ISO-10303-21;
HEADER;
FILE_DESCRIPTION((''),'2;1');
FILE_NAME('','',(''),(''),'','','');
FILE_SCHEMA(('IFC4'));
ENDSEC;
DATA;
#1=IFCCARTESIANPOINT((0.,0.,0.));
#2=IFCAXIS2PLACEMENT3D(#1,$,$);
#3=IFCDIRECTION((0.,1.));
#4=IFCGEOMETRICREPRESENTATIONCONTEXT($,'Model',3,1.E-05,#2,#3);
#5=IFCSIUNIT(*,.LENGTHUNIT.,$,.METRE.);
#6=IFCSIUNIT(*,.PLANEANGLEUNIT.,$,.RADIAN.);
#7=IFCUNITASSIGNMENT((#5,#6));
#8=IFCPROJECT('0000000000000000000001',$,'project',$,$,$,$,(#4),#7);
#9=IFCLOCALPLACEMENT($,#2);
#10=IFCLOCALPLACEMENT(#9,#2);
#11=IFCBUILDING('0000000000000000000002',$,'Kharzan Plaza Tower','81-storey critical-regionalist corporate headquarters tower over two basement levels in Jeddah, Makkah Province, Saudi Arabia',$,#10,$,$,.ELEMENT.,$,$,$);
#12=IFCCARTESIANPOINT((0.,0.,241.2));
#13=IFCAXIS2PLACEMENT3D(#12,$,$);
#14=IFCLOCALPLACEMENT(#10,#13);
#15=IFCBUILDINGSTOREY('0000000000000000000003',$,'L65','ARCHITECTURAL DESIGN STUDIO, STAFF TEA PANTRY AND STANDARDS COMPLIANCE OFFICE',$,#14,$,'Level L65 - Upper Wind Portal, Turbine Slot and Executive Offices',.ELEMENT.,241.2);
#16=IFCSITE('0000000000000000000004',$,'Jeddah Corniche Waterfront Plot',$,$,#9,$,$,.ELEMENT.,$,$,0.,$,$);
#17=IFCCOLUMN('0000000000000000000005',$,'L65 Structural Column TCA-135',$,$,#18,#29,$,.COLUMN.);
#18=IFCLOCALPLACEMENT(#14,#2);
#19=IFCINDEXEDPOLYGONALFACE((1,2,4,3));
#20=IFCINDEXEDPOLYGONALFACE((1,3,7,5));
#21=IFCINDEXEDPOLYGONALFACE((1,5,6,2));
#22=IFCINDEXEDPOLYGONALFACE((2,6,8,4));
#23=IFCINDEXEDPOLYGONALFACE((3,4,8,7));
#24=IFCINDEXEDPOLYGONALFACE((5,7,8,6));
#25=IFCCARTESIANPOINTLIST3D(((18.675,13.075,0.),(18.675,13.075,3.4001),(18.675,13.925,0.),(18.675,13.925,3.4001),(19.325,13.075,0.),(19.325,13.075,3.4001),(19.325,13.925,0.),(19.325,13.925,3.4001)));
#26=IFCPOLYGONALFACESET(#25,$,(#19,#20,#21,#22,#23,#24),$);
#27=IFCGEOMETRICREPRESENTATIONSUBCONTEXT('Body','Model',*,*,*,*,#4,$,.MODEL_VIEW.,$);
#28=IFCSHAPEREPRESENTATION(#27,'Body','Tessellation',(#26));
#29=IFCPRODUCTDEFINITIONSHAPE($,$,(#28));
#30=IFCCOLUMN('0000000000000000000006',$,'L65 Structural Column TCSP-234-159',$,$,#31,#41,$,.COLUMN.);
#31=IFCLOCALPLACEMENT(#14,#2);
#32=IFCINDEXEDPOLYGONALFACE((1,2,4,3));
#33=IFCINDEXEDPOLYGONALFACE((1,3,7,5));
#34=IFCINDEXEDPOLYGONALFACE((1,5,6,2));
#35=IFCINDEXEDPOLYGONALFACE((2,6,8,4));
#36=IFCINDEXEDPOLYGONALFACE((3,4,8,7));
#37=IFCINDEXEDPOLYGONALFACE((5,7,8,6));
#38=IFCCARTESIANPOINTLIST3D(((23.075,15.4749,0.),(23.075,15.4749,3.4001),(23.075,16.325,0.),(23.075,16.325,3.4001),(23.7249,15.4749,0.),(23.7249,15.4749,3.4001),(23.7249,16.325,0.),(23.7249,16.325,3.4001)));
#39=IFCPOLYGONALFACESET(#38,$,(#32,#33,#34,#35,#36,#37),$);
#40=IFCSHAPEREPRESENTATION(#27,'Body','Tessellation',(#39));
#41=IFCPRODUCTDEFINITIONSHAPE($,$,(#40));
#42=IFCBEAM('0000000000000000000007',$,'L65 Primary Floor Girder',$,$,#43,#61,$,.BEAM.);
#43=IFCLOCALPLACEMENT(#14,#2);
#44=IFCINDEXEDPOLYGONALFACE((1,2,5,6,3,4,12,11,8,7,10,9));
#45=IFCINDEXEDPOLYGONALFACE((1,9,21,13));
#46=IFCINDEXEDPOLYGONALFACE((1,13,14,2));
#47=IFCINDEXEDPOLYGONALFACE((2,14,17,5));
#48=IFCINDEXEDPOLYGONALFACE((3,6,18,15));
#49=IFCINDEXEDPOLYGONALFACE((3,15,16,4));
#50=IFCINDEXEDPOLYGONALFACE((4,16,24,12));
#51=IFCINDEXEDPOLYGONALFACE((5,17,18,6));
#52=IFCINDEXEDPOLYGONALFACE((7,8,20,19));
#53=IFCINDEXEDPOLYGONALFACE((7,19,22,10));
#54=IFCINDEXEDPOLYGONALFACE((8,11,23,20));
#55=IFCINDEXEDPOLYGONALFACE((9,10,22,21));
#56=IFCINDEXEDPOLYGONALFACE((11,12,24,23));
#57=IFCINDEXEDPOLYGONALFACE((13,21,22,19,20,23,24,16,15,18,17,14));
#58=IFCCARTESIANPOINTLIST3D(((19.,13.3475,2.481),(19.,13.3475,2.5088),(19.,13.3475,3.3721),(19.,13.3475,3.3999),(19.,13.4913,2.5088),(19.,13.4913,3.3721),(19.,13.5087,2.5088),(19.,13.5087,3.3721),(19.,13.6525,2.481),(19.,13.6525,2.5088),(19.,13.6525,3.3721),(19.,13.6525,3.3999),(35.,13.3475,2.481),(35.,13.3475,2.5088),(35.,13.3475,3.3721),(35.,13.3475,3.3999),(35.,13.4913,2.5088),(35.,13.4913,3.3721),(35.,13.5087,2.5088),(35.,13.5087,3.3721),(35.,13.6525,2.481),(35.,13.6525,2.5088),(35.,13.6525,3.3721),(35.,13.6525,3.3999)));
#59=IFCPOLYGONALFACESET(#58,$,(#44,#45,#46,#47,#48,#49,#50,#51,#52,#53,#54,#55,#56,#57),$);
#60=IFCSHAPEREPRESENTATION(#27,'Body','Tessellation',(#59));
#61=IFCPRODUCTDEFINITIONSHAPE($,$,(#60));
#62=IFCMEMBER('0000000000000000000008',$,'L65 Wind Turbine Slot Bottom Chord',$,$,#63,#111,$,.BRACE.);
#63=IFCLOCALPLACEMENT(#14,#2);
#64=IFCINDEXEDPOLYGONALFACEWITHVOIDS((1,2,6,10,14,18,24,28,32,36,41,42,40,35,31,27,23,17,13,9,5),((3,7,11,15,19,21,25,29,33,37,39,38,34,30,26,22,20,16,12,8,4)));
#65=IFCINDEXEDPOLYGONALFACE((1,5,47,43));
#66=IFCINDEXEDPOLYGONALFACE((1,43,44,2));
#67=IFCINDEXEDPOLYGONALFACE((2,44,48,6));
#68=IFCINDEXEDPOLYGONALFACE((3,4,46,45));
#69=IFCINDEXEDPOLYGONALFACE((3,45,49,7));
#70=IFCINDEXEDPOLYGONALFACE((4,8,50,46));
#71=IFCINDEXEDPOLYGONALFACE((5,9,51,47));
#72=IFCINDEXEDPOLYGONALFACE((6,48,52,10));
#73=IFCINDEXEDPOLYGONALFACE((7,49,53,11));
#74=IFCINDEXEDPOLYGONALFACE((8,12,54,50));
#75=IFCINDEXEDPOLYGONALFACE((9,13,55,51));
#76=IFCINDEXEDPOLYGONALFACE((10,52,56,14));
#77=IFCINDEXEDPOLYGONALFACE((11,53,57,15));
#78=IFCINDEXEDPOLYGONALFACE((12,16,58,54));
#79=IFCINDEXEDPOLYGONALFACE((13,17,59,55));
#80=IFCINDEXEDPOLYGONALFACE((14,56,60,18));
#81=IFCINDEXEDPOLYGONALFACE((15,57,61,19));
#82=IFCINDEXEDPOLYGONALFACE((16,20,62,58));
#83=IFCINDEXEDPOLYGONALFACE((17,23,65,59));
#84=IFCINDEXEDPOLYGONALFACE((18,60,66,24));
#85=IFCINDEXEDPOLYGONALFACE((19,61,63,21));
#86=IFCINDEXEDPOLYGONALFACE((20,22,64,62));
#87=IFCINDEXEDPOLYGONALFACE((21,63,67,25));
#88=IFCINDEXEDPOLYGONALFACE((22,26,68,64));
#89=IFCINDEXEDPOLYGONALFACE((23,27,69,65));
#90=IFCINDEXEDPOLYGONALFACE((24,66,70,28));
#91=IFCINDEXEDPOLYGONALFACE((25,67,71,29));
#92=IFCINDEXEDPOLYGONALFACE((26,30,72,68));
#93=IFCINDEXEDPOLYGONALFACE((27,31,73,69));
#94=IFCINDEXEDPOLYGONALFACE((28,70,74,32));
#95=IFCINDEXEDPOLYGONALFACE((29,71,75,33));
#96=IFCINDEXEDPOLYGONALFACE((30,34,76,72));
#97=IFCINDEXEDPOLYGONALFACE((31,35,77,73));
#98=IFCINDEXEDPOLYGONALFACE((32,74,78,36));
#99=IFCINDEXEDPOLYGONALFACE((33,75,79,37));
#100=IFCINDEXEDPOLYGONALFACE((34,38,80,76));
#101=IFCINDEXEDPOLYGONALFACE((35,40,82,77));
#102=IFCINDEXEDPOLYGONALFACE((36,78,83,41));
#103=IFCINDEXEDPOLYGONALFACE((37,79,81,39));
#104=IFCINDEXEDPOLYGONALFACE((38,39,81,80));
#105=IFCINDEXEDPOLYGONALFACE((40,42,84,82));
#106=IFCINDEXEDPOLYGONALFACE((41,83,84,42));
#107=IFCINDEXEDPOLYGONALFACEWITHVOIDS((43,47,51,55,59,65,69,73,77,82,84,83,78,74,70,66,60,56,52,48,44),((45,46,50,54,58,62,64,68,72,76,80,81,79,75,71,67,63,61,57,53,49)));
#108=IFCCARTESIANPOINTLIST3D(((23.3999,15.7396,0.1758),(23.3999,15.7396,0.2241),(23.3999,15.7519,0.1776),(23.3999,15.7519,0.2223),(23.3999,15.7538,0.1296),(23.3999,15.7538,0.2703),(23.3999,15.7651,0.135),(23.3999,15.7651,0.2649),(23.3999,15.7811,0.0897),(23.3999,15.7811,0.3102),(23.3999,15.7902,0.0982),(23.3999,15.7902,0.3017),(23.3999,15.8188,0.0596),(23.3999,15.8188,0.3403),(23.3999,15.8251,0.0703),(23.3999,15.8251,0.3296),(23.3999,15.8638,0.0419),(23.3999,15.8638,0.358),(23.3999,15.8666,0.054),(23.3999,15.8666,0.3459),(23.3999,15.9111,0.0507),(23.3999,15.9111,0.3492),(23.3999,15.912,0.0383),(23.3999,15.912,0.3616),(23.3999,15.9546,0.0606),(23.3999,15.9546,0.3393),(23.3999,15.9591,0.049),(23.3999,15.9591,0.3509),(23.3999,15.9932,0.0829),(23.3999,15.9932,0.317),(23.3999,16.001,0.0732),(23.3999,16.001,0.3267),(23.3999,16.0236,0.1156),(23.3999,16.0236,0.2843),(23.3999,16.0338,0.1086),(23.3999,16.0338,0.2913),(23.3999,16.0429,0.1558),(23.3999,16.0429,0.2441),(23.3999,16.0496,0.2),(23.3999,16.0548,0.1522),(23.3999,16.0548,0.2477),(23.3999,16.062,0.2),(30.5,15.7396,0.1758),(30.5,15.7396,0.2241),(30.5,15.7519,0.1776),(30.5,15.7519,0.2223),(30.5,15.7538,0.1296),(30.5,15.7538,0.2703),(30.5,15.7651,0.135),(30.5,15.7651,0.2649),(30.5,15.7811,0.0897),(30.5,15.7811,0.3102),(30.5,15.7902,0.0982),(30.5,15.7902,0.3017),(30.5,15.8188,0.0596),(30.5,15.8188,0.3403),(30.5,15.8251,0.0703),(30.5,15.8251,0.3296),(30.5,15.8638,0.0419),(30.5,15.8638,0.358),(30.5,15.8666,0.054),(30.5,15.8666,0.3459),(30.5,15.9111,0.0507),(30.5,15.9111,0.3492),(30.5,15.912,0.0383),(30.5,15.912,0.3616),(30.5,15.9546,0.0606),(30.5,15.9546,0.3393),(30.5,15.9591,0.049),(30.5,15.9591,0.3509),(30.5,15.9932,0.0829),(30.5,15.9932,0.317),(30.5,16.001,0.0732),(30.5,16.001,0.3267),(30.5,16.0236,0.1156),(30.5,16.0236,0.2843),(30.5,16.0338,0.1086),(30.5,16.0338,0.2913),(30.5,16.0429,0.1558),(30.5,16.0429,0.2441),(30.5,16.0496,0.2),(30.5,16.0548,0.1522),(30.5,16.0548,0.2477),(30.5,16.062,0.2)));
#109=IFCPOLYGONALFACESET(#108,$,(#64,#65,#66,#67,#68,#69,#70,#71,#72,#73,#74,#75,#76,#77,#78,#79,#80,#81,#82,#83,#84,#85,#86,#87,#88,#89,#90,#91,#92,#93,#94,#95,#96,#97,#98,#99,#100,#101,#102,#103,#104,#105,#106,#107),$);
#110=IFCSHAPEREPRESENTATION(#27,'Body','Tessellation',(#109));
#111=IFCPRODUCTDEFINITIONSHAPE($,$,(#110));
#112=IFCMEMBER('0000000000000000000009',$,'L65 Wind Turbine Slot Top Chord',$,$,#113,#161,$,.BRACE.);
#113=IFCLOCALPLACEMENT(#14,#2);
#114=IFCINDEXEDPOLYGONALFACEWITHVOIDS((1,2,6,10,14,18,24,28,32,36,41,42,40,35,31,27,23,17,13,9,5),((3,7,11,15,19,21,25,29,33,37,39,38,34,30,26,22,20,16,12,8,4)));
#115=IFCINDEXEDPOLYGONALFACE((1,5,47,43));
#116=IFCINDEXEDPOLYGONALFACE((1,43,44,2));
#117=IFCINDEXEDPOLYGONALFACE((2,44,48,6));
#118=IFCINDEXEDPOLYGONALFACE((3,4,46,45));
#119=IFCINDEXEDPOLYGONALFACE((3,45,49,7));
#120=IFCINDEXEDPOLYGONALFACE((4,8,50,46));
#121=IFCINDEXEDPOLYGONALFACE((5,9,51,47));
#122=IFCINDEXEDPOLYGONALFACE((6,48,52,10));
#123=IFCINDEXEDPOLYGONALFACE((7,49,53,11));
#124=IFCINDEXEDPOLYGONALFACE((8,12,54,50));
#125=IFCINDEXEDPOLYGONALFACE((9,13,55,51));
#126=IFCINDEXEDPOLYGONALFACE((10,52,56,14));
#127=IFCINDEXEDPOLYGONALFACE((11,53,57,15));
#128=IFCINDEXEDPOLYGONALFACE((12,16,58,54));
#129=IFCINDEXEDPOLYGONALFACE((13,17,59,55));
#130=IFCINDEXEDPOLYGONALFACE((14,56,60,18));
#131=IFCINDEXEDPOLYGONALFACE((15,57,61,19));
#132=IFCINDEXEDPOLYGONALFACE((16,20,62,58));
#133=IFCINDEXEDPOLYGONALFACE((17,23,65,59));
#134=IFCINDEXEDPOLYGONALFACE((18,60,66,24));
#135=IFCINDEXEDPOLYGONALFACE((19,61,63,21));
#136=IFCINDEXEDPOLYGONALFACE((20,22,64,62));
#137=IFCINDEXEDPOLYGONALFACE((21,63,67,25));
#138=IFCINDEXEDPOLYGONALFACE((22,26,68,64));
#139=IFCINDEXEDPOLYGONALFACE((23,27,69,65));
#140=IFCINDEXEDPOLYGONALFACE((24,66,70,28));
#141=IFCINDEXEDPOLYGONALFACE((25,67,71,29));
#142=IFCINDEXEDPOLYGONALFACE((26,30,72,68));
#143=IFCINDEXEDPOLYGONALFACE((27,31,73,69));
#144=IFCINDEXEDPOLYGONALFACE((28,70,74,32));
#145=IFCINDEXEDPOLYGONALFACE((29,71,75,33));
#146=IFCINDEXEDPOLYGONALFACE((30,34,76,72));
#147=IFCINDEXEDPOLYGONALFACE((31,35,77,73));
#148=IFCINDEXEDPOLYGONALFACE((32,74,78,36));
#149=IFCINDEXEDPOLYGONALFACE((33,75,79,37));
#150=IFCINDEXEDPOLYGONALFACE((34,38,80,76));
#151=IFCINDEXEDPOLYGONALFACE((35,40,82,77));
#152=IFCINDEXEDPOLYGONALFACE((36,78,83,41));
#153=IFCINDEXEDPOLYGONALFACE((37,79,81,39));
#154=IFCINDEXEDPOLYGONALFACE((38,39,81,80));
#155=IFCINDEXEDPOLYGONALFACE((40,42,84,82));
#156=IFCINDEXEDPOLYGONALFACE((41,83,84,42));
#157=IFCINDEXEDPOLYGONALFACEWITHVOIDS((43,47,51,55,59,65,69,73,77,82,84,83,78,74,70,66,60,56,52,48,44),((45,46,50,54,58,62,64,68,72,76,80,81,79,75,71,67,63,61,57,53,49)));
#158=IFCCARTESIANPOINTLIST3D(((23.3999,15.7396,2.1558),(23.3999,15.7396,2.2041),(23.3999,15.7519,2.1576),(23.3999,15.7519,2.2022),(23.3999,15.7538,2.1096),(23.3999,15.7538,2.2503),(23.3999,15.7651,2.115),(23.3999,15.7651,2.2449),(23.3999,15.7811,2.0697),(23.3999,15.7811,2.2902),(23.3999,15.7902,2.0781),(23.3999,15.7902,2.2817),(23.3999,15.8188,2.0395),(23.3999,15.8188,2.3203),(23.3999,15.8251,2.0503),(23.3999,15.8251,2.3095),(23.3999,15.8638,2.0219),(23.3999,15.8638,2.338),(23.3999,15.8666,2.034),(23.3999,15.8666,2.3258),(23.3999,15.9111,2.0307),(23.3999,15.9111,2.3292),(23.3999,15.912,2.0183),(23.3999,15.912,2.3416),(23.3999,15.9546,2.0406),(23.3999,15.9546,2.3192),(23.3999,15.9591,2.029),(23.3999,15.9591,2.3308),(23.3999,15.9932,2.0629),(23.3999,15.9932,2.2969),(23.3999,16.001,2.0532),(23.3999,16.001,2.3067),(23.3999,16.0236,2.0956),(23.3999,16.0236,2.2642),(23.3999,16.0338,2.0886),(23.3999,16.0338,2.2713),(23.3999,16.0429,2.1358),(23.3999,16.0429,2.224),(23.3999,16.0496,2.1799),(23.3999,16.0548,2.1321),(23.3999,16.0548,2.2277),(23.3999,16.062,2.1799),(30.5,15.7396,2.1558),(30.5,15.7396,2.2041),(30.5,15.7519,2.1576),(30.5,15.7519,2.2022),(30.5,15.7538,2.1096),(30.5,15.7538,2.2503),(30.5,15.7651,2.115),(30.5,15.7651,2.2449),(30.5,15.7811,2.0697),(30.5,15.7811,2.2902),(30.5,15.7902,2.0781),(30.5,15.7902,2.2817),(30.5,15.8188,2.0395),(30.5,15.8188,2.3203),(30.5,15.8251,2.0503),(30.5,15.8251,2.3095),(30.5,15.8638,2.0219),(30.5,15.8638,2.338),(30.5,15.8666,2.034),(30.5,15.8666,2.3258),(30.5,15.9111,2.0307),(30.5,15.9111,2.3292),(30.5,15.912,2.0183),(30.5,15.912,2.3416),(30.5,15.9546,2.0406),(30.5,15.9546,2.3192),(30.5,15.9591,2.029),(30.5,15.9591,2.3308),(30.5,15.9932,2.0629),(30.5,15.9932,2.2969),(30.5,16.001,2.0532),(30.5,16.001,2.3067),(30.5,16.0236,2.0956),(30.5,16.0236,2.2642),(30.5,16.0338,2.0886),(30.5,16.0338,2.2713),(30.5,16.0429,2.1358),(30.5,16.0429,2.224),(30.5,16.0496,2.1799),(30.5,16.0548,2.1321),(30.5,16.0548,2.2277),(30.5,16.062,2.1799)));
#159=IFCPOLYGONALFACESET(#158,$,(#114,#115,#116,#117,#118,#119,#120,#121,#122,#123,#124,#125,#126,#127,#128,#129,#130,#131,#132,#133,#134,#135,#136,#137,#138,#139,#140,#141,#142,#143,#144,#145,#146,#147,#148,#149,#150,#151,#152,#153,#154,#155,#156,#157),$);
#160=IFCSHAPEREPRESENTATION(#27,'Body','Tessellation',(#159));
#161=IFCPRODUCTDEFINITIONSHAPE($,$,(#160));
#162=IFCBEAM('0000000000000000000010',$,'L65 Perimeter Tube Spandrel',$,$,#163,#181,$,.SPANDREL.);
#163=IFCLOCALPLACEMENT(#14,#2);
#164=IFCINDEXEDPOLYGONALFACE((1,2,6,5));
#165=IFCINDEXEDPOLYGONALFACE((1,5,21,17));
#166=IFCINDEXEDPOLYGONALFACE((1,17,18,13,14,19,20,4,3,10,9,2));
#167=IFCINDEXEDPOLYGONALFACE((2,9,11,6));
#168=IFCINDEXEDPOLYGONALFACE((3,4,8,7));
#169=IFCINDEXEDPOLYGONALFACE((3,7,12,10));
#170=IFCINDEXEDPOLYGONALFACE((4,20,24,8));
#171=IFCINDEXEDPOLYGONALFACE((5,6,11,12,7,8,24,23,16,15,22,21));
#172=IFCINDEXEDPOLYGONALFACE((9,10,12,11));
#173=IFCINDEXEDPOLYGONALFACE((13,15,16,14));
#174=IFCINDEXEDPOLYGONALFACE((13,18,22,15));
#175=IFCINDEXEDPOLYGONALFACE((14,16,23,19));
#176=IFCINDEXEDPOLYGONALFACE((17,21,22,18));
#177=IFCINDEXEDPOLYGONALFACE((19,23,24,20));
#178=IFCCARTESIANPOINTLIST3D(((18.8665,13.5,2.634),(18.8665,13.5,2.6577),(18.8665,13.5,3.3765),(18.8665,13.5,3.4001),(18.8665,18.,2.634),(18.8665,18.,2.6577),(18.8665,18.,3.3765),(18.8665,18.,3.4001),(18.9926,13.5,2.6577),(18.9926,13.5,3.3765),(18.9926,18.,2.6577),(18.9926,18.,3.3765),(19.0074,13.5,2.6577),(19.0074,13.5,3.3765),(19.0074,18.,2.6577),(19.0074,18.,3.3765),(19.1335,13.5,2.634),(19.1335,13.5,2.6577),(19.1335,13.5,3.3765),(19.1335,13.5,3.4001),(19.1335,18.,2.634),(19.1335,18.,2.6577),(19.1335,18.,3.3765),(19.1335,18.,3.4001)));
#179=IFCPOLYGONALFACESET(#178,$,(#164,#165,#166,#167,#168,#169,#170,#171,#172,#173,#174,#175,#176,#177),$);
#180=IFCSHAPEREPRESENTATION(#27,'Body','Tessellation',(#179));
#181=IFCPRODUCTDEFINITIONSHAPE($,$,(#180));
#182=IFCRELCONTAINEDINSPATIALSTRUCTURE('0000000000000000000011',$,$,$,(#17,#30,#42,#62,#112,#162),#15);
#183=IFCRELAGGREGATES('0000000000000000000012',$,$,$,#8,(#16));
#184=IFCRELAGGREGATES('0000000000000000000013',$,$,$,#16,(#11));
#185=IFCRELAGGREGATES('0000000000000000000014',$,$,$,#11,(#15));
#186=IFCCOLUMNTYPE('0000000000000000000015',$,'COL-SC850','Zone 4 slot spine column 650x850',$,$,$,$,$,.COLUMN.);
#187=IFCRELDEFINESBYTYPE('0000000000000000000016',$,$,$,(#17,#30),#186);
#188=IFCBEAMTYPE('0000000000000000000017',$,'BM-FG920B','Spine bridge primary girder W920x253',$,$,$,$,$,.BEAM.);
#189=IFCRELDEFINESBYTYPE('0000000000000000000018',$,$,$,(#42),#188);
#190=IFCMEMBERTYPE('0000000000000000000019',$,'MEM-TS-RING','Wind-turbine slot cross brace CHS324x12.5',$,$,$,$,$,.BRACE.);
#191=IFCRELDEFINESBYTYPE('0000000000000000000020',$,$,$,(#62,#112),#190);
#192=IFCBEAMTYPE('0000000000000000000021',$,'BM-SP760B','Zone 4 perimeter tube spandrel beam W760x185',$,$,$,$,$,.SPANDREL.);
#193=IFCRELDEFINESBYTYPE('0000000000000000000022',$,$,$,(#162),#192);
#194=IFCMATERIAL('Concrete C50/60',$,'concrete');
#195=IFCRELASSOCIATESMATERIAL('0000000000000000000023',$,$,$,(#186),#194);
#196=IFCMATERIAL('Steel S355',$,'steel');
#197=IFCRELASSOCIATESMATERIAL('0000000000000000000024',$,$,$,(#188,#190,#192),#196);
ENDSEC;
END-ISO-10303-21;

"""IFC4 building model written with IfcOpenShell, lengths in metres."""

from ifc_helpers import new_model, si_unit, direction, frame, origin, origin_2d, place, context, subcontext, project, spatial, rectangle, hollow_circle, i_section, extrude, source, transform, mapped, material, material_profile, profile_set, type_object, element, save


model = new_model("IFC4")

# Units and contexts
model_context = context("Model", 3, precision=1e-05, world=origin(), true_north=direction((0.0, 1.0)))
body_context = subcontext(model_context, "Body", "Model", "MODEL_VIEW")
ifc_project = project(units=[si_unit("LENGTHUNIT", "METRE"), si_unit("PLANEANGLEUNIT", "RADIAN")], contexts=[model_context])

# Site, building, storey
site_placement = place(None, origin())
site = spatial("IfcSite", under=ifc_project, at=site_placement, Name="Jeddah Corniche Waterfront Plot", CompositionType="ELEMENT", RefElevation=0.0)
building_placement = place(site_placement, origin())
building = spatial("IfcBuilding", under=site, at=building_placement, Name="Kharzan Plaza Tower", Description="81-storey critical-regionalist corporate headquarters tower over two basement levels in Jeddah, Makkah Province, Saudi Arabia", CompositionType="ELEMENT")
storey_placement = place(building_placement, frame((0.0, 0.0, 241.2)))
storey = spatial("IfcBuildingStorey", under=building, at=storey_placement, Name="L65", Description="ARCHITECTURAL DESIGN STUDIO, STAFF TEA PANTRY AND STANDARDS COMPLIANCE OFFICE", LongName="Level L65 - Upper Wind Portal, Turbine Slot and Executive Offices", CompositionType="ELEMENT", Elevation=241.2)

# Columns
ifc_material_1 = material(Name="Concrete C50/60", Category="concrete")
ifc_material_profile_1 = material_profile(ifc_material_1, rectangle(XDim=0.6499, YDim=0.8501, at=origin_2d()), Name="RC-SC850x650")
ifc_profile_set_1 = profile_set([ifc_material_profile_1], Name="Concrete C50/60")
column_type = type_object("IfcColumnType", Name="COL-SC850", Description="Zone 4 slot spine column 650x850", PredefinedType="COLUMN", material=ifc_profile_set_1)
shared_shape_1 = source(origin(), body_context, "Body", "SweptSolid", [
    extrude(rectangle(XDim=0.6499, YDim=0.8501, at=origin_2d()), origin(), (0.0, 0.0, 1.0), 3.4001),
])
for number, where, z_axis, x_axis, name in (
    (1, (19.0, 13.5, 0.0), (0.0, 0.0, 1.0), (1.0, 0.0, 0.0), "L65 Structural Column TCA-135"),
    (2, (23.3999, 15.8999, 0.0), (0.0, 0.0, 1.0), (1.0, 0.0, 0.0), "L65 Structural Column TCSP-234-159"),
):
    element("IfcColumn", number, at=place(storey_placement, frame(where, z_axis=z_axis, x_axis=x_axis)), inside=storey, type_object=column_type, Name=name, PredefinedType="COLUMN", context=body_context, shape_type="MappedRepresentation", body=[
        mapped(shared_shape_1, transform((0.0, 0.0, 0.0), x_axis=(1.0, 0.0, 0.0), y_axis=(0.0, 1.0, 0.0), z_axis=(0.0, 0.0, 1.0))),
    ])

# Beam
ifc_material_2 = material(Name="Steel S355", Category="steel")
ifc_material_profile_2 = material_profile(ifc_material_2, i_section(OverallWidth=0.3049, OverallDepth=0.9189, WebThickness=0.0173, FlangeThickness=0.0278, at=origin_2d()), Name="W920x253")
ifc_profile_set_2 = profile_set([ifc_material_profile_2], Name="Steel S355")
beam_type_1 = type_object("IfcBeamType", Name="BM-FG920B", Description="Spine bridge primary girder W920x253", PredefinedType="BEAM", material=ifc_profile_set_2)
shared_shape_2 = source(origin(), body_context, "Body", "SweptSolid", [
    extrude(i_section(OverallWidth=0.3049, OverallDepth=0.9189, WebThickness=0.0173, FlangeThickness=0.0278, at=origin_2d()), origin(), (0.0, 0.0, 1.0), 16.0),
])
beam_1_placement = place(storey_placement, frame((19.0, 13.5, 2.9404), z_axis=(1.0, 0.0, 0.0), x_axis=(0.0, 1.0, 0.0)))
element("IfcBeam", 3, at=beam_1_placement, inside=storey, type_object=beam_type_1, Name="L65 Primary Floor Girder", PredefinedType="BEAM", context=body_context, shape_type="MappedRepresentation", body=[
    mapped(shared_shape_2, transform((0.0, 0.0, 0.0), x_axis=(1.0, 0.0, 0.0), y_axis=(0.0, 1.0, 0.0), z_axis=(0.0, 0.0, 1.0))),
])

# Members
ifc_material_profile_3 = material_profile(ifc_material_2, hollow_circle(Radius=0.1621, WallThickness=0.0125, at=origin_2d()), Name="CHS324x12.5")
ifc_profile_set_3 = profile_set([ifc_material_profile_3], Name="Steel S355")
member_type_1 = type_object("IfcMemberType", Name="MEM-TS-RING", Description="Wind-turbine slot cross brace CHS324x12.5", PredefinedType="BRACE", material=ifc_profile_set_3)
shared_shape_3 = source(origin(), body_context, "Body", "SweptSolid", [
    extrude(hollow_circle(Radius=0.1621, WallThickness=0.0125, at=origin_2d()), origin(), (0.0, 0.0, 1.0), 7.1001),
])
for number, where, z_axis, x_axis, name in (
    (4, (23.3999, 15.8999, 0.2), (1.0, 0.0, 0.0), (0.0, 1.0, 0.0), "L65 Wind Turbine Slot Bottom Chord"),
    (5, (23.3999, 15.8999, 2.1799), (1.0, 0.0, 0.0), (0.0, 1.0, 0.0), "L65 Wind Turbine Slot Top Chord"),
):
    element("IfcMember", number, at=place(storey_placement, frame(where, z_axis=z_axis, x_axis=x_axis)), inside=storey, type_object=member_type_1, Name=name, PredefinedType="BRACE", context=body_context, shape_type="MappedRepresentation", body=[
        mapped(shared_shape_3, transform((0.0, 0.0, 0.0), x_axis=(1.0, 0.0, 0.0), y_axis=(0.0, 1.0, 0.0), z_axis=(0.0, 0.0, 1.0))),
    ])

# Beam
ifc_material_profile_4 = material_profile(ifc_material_2, i_section(OverallWidth=0.2671, OverallDepth=0.7661, WebThickness=0.0149, FlangeThickness=0.0237, at=origin_2d()), Name="W760x185")
ifc_profile_set_4 = profile_set([ifc_material_profile_4], Name="Steel S355")
beam_type_2 = type_object("IfcBeamType", Name="BM-SP760B", Description="Zone 4 perimeter tube spandrel beam W760x185", PredefinedType="SPANDREL", material=ifc_profile_set_4)
shared_shape_4 = source(origin(), body_context, "Body", "SweptSolid", [
    extrude(i_section(OverallWidth=0.2671, OverallDepth=0.7661, WebThickness=0.0149, FlangeThickness=0.0237, at=origin_2d()), origin(), (0.0, 0.0, 1.0), 4.5),
])
beam_2_placement = place(storey_placement, frame((19.0, 13.5, 3.0171), z_axis=(0.0, 1.0, 0.0), x_axis=(-1.0, 0.0, 0.0)))
element("IfcBeam", 6, at=beam_2_placement, inside=storey, type_object=beam_type_2, Name="L65 Perimeter Tube Spandrel", PredefinedType="SPANDREL", context=body_context, shape_type="MappedRepresentation", body=[
    mapped(shared_shape_4, transform((0.0, 0.0, 0.0), x_axis=(1.0, 0.0, 0.0), y_axis=(0.0, 1.0, 0.0), z_axis=(0.0, 0.0, 1.0))),
])

save(model, "model.ifc")
